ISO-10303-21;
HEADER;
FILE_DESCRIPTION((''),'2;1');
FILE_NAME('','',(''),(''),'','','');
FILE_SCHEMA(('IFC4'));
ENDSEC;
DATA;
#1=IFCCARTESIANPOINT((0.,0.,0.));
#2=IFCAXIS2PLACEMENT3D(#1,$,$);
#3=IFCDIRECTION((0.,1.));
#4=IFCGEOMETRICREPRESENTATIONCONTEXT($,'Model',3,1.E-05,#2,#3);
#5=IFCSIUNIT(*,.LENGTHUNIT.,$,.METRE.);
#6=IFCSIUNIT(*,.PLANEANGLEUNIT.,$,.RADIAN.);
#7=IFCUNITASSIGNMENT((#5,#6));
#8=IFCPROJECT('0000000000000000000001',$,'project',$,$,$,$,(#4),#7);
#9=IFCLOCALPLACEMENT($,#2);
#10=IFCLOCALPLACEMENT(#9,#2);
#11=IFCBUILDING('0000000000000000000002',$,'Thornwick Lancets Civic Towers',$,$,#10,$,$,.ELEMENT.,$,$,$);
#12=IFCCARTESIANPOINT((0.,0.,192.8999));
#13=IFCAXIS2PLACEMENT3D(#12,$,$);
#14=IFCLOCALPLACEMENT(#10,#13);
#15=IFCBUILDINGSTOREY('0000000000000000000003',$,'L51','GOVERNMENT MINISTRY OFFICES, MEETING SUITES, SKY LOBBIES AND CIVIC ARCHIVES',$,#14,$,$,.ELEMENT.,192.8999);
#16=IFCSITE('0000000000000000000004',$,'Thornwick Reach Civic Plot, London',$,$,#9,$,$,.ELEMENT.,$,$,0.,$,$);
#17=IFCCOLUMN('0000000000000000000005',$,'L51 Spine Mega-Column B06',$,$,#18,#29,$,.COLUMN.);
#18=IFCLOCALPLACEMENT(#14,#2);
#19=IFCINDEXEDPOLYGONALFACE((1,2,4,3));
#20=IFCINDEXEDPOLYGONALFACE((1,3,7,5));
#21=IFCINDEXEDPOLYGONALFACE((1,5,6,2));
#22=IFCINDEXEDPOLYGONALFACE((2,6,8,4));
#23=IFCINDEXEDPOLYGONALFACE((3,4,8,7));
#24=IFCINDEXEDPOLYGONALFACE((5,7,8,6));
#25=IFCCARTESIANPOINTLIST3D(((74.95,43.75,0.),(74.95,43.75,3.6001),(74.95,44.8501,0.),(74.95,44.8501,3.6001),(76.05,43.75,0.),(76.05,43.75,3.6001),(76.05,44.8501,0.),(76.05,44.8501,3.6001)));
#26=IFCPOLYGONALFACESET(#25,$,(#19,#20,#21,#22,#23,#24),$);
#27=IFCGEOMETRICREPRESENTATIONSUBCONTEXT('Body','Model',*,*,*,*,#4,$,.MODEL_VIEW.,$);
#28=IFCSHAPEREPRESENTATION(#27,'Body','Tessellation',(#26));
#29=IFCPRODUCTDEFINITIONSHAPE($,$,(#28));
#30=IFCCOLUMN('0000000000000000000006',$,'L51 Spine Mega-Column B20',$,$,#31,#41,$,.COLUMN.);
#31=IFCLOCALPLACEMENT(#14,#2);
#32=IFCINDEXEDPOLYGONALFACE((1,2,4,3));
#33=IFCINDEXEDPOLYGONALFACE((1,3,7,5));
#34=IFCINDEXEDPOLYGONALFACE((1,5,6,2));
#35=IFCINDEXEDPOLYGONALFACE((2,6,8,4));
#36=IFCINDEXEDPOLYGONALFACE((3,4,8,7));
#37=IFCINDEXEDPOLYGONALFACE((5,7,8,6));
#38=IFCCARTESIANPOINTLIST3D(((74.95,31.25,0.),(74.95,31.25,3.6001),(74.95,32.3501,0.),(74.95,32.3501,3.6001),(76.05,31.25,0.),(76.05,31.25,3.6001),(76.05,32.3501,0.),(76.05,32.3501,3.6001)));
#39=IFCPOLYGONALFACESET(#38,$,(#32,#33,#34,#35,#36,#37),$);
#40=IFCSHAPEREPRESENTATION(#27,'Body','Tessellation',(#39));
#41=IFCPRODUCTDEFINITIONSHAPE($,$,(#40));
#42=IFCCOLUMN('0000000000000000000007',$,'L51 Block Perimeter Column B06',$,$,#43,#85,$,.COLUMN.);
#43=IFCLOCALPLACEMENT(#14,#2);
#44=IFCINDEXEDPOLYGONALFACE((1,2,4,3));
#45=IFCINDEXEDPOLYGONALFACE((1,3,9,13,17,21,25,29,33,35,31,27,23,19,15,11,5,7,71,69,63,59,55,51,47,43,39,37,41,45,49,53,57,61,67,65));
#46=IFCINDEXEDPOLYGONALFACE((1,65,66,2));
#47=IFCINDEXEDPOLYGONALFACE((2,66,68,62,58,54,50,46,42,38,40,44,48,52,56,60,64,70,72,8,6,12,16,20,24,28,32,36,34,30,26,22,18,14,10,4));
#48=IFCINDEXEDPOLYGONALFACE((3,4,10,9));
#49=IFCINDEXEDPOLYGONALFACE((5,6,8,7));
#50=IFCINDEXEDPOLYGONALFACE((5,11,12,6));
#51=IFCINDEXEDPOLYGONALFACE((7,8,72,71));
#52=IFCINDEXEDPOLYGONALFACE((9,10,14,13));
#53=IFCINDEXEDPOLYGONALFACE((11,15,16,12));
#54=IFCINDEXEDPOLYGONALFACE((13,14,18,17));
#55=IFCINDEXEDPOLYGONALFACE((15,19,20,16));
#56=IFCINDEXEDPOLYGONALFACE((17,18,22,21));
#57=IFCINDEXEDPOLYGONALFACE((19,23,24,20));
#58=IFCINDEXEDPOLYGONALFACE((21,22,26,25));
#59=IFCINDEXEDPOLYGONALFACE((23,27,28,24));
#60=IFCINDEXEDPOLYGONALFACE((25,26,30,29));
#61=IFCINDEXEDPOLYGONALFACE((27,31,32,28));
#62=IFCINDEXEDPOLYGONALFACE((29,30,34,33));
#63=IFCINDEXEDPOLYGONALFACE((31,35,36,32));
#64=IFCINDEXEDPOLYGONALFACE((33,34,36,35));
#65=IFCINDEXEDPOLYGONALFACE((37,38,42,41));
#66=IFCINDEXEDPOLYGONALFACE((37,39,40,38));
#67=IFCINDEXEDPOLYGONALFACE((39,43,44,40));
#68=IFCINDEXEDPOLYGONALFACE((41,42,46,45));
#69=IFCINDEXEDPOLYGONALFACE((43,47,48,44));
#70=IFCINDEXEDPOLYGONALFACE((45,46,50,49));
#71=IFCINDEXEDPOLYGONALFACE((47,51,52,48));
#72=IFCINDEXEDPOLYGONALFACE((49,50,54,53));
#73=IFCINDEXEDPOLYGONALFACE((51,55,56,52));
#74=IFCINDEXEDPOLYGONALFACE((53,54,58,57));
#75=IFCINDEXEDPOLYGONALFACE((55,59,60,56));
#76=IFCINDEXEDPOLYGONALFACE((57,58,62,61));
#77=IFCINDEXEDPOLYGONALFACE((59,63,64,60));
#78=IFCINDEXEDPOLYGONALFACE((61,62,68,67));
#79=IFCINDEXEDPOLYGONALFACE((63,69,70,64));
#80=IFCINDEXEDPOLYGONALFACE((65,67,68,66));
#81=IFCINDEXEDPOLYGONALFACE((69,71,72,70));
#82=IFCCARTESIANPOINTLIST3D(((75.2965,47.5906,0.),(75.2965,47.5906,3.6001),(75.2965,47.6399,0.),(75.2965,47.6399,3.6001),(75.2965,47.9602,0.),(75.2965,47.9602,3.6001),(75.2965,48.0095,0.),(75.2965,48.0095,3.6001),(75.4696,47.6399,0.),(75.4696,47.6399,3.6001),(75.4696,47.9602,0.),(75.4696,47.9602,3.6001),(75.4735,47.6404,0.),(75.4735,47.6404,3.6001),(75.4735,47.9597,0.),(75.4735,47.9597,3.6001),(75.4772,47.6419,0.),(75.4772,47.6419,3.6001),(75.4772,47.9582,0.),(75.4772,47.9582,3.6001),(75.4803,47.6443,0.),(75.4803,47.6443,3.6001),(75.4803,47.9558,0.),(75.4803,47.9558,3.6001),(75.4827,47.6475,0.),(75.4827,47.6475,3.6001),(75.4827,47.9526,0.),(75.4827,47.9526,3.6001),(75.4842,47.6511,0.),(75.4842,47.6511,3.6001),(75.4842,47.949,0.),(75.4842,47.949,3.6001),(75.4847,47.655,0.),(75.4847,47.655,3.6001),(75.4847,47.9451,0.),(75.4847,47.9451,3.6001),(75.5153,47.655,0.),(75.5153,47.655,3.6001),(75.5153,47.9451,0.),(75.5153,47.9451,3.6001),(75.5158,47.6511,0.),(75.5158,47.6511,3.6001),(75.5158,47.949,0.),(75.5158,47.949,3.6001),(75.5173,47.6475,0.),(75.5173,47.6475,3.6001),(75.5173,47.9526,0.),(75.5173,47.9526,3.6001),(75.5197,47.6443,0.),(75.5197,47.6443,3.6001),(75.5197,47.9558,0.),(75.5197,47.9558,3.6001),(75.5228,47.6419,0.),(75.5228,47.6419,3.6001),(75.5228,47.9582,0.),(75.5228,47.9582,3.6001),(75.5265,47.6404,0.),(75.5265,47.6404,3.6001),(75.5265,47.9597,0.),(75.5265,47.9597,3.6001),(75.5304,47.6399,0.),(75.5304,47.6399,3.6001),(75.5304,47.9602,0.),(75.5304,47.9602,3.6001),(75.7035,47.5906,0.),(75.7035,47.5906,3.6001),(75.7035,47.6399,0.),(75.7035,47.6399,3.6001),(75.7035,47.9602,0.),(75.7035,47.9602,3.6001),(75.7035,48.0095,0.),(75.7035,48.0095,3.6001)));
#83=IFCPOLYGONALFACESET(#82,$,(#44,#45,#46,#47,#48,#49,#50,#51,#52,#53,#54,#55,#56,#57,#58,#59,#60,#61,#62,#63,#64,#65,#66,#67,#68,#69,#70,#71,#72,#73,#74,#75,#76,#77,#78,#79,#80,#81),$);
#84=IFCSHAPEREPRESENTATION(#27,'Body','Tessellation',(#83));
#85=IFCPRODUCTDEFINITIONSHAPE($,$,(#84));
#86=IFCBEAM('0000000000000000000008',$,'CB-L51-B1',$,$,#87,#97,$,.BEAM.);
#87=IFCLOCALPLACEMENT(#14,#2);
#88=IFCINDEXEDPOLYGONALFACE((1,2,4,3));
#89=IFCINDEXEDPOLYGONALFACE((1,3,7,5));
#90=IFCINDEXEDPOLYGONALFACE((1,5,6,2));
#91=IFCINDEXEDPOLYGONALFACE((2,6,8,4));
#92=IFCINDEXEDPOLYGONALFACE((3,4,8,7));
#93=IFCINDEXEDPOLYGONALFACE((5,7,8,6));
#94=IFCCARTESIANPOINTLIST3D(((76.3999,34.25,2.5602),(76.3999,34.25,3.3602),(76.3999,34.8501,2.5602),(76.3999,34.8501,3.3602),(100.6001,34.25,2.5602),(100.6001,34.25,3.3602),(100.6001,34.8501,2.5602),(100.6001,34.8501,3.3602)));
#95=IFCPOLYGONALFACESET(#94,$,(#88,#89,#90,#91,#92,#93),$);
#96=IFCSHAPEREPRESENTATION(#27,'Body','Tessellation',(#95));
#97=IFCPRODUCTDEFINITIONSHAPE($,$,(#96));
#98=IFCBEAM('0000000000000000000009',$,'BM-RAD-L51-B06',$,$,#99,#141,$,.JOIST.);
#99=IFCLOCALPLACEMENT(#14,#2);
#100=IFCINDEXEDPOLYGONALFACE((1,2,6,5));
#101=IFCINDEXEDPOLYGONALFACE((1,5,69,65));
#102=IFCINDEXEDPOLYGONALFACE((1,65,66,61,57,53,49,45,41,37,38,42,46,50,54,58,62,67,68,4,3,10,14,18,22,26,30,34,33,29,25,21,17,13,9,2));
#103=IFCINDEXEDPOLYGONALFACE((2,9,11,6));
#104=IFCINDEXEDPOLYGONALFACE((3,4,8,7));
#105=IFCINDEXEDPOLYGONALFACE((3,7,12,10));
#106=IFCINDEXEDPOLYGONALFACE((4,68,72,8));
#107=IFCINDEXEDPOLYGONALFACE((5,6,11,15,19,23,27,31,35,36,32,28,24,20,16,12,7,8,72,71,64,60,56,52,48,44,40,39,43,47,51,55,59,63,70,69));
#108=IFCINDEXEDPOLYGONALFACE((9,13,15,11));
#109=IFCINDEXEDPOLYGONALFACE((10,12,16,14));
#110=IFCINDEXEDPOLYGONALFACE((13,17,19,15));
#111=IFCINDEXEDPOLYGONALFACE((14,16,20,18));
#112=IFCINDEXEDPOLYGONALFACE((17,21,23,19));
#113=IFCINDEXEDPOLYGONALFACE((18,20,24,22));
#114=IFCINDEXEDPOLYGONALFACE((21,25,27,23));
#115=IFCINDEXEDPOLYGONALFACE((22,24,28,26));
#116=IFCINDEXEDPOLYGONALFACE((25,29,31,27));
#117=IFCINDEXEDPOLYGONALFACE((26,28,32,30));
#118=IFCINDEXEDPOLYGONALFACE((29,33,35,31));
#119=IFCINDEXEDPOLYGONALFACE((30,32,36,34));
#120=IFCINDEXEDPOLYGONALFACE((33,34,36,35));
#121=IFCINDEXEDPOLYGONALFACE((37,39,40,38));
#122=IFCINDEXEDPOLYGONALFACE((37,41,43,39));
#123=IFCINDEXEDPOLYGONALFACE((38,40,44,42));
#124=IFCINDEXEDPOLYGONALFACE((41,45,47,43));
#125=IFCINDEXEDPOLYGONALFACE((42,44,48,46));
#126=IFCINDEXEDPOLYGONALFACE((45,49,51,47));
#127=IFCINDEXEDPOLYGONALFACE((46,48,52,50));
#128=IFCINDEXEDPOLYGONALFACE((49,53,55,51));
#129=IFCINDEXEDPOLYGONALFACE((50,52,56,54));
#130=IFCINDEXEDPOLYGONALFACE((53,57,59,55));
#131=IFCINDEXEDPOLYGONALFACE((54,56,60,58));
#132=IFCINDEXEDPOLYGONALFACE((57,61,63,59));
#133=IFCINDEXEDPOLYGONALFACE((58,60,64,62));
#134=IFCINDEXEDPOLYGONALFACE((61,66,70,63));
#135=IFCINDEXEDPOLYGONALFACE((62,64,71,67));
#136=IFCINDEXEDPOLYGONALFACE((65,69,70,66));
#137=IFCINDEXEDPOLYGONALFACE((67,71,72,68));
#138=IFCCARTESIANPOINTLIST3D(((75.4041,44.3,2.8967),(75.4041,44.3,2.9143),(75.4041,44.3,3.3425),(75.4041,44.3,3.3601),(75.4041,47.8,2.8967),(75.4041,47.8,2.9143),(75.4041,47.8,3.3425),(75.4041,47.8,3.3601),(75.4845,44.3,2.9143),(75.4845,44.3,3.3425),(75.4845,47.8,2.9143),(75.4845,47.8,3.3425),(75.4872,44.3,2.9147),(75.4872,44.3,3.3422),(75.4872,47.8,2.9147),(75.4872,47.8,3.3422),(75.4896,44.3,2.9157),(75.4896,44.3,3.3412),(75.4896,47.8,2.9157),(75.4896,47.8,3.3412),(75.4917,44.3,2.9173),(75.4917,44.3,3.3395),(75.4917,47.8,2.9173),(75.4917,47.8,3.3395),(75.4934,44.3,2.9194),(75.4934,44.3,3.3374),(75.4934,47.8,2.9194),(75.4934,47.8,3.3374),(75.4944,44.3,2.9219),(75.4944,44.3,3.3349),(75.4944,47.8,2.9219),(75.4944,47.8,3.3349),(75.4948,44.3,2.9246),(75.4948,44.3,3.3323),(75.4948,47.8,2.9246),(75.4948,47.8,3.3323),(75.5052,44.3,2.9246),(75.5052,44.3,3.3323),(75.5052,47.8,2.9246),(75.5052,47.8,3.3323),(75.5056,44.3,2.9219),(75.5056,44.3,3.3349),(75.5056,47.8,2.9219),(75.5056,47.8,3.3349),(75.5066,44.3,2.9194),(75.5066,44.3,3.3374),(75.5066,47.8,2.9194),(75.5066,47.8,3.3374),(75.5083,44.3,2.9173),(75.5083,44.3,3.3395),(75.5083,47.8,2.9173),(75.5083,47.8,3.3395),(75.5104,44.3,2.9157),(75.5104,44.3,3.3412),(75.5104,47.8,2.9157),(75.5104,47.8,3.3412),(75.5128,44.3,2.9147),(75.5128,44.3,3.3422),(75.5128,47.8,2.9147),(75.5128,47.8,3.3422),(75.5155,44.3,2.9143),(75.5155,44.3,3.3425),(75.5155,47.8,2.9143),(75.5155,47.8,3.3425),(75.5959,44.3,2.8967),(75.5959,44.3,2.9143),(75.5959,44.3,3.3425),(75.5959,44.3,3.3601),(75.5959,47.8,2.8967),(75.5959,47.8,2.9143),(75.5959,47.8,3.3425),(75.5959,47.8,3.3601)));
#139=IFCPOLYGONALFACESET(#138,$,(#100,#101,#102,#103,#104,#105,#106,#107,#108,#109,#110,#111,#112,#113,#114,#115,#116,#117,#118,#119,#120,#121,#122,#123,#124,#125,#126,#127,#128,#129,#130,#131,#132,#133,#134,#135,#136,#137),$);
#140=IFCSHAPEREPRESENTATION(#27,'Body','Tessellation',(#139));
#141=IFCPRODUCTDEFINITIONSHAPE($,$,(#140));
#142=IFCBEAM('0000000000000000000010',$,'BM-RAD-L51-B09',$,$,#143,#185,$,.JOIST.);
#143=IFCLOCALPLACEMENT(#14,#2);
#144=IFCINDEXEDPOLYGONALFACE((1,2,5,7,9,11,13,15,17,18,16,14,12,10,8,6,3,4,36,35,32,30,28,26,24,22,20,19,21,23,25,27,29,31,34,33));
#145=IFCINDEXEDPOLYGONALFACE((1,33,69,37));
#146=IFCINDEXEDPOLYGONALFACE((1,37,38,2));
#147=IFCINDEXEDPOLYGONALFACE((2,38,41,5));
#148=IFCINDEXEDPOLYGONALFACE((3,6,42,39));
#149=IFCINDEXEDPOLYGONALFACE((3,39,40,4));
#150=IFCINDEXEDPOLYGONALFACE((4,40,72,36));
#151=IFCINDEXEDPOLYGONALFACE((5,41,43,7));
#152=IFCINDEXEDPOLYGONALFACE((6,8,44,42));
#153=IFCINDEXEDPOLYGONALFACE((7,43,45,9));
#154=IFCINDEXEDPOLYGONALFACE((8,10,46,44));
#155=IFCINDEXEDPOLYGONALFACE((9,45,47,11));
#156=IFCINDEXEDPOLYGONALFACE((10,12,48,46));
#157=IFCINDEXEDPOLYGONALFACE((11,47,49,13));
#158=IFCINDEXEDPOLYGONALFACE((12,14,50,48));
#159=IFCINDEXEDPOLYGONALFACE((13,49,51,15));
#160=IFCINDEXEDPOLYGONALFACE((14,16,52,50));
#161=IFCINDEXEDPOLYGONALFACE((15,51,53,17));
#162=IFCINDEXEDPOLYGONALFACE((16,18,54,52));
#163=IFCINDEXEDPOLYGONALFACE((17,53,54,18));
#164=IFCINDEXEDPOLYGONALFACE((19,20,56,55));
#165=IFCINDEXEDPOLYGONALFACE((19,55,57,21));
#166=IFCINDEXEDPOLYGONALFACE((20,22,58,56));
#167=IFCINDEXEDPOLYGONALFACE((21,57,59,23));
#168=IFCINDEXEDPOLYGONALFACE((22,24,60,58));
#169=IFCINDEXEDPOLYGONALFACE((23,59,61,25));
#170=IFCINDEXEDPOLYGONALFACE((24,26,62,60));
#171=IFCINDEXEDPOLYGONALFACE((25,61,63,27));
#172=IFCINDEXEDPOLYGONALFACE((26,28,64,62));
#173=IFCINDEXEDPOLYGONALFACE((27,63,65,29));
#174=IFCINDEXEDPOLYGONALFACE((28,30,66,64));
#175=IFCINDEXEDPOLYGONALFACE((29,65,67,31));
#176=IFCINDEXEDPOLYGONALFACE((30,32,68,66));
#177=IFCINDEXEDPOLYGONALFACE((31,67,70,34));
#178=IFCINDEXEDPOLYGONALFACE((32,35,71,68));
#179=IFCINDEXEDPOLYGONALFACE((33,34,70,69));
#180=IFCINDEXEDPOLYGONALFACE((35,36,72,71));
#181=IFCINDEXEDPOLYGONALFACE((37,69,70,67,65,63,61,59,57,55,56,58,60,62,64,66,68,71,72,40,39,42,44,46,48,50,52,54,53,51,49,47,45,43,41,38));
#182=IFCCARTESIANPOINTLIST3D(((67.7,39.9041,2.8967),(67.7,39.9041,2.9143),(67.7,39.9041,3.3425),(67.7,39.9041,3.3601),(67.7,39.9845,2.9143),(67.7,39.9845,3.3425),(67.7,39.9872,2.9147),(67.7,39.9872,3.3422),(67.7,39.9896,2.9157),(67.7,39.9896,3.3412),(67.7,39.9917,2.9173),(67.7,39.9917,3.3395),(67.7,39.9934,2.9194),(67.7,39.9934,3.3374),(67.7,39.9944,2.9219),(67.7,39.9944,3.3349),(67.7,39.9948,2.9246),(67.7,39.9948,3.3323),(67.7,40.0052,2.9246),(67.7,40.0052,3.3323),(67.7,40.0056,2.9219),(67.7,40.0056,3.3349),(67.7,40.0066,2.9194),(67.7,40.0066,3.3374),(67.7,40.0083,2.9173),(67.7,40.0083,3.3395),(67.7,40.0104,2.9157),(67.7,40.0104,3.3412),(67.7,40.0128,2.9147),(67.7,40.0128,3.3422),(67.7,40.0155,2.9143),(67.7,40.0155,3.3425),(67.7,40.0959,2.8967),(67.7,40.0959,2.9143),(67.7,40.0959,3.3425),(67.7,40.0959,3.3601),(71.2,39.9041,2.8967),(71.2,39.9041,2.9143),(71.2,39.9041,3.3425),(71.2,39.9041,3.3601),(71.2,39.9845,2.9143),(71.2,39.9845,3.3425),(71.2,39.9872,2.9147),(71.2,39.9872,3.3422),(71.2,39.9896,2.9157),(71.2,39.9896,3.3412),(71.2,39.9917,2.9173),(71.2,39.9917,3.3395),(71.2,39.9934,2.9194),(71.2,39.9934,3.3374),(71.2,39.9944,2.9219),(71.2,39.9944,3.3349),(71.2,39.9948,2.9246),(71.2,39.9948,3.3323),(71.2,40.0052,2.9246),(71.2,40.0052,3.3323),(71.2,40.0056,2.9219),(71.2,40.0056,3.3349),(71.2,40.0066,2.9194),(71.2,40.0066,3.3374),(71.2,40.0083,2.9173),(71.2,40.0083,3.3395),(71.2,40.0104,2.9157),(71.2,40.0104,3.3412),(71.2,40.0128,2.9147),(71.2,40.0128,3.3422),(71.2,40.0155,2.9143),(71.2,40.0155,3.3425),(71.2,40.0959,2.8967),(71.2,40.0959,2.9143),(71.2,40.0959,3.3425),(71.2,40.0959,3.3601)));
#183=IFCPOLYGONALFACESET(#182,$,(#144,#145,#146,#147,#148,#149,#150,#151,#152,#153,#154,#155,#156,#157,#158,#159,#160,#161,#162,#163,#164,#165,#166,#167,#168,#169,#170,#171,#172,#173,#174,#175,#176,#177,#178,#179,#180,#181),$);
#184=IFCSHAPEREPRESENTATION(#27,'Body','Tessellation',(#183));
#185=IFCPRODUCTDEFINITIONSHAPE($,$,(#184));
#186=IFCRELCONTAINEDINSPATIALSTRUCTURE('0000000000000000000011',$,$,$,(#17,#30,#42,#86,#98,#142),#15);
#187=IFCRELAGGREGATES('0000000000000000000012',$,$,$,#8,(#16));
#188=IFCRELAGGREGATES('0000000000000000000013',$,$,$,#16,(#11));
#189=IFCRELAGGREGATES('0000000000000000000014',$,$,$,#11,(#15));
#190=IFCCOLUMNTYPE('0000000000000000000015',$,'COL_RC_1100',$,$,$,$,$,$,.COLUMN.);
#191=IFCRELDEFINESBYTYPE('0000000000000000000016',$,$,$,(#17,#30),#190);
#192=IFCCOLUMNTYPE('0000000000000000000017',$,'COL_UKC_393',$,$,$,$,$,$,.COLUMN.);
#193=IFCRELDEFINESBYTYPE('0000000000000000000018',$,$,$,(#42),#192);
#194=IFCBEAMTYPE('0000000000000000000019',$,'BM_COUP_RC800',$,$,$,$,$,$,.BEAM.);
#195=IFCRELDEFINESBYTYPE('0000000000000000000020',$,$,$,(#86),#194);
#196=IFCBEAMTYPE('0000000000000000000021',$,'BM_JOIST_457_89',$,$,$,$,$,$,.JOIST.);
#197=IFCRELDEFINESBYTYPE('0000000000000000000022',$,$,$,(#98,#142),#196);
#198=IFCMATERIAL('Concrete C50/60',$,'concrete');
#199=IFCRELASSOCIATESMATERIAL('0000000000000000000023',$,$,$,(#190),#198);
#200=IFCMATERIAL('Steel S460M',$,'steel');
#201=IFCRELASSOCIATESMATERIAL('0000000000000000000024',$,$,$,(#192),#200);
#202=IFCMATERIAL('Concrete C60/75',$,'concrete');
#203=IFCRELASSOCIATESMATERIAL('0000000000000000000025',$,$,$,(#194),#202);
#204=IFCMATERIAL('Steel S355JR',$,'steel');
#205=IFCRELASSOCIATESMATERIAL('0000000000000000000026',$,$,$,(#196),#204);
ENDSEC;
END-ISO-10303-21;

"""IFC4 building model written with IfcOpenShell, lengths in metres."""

from ifc_helpers import new_model, si_unit, direction, frame, origin, origin_2d, place, context, subcontext, project, spatial, rectangle, i_section, extrude, material, material_profile, profile_set, type_object, element, save


model = new_model("IFC4")

# Units and contexts
model_context = context("Model", 3, precision=1e-05, world=origin(), true_north=direction((0.0, 1.0)))
body_context = subcontext(model_context, "Body", "Model", "MODEL_VIEW")
ifc_project = project(units=[si_unit("LENGTHUNIT", "METRE"), si_unit("PLANEANGLEUNIT", "RADIAN")], contexts=[model_context])

# Site, building, storey
site_placement = place(None, origin())
site = spatial("IfcSite", under=ifc_project, at=site_placement, Name="Thornwick Reach Civic Plot, London", CompositionType="ELEMENT", RefElevation=0.0)
building_placement = place(site_placement, origin())
building = spatial("IfcBuilding", under=site, at=building_placement, Name="Thornwick Lancets Civic Towers", CompositionType="ELEMENT")
storey_placement = place(building_placement, frame((0.0, 0.0, 192.8999)))
storey = spatial("IfcBuildingStorey", under=building, at=storey_placement, Name="L51", Description="GOVERNMENT MINISTRY OFFICES, MEETING SUITES, SKY LOBBIES AND CIVIC ARCHIVES", CompositionType="ELEMENT", Elevation=192.8999)

# Columns
ifc_material_1 = material(Name="Concrete C50/60", Category="concrete")
ifc_material_profile_1 = material_profile(ifc_material_1, rectangle(XDim=1.1001, YDim=1.1001, at=origin_2d()), Name="RC 1100x1100")
ifc_profile_set_1 = profile_set([ifc_material_profile_1], Name="Concrete C50/60")
column_type_1 = type_object("IfcColumnType", Name="COL_RC_1100", PredefinedType="COLUMN", material=ifc_profile_set_1)
for number, where, z_axis, x_axis, name in (
    (1, (75.5, 44.3, 0.0), (0.0, 0.0, 1.0), (1.0, 0.0, 0.0), "L51 Spine Mega-Column B06"),
    (2, (75.5, 31.8, 0.0), (0.0, 0.0, 1.0), (1.0, 0.0, 0.0), "L51 Spine Mega-Column B20"),
):
    element("IfcColumn", number, at=place(storey_placement, frame(where, z_axis=z_axis, x_axis=x_axis)), inside=storey, type_object=column_type_1, Name=name, PredefinedType="COLUMN", context=body_context, shape_type="SweptSolid", body=[
        extrude(rectangle(XDim=1.1001, YDim=1.1001, at=origin_2d()), origin(), (0.0, 0.0, 1.0), 3.6001),
    ])
ifc_material_2 = material(Name="Steel S460M", Category="steel")
ifc_material_profile_2 = material_profile(ifc_material_2, i_section(OverallWidth=0.407, OverallDepth=0.4189, WebThickness=0.0305, FlangeThickness=0.0493, FilletRadius=0.0151, at=origin_2d()), Name="UKC 356x406x393")
ifc_profile_set_2 = profile_set([ifc_material_profile_2], Name="Steel S460M")
column_type_2 = type_object("IfcColumnType", Name="COL_UKC_393", PredefinedType="COLUMN", material=ifc_profile_set_2)
column_placement = place(storey_placement, frame((75.5, 47.8, 0.0), z_axis=(0.0, 0.0, 1.0), x_axis=(1.0, 0.0, 0.0)))
element("IfcColumn", 3, at=column_placement, inside=storey, type_object=column_type_2, Name="L51 Block Perimeter Column B06", PredefinedType="COLUMN", context=body_context, shape_type="SweptSolid", body=[
    extrude(i_section(OverallWidth=0.407, OverallDepth=0.4189, WebThickness=0.0305, FlangeThickness=0.0493, FilletRadius=0.0151, at=origin_2d()), origin(), (0.0, 0.0, 1.0), 3.6001),
])

# Beams
ifc_material_3 = material(Name="Concrete C60/75", Category="concrete")
ifc_material_profile_3 = material_profile(ifc_material_3, rectangle(XDim=0.6001, YDim=0.8, at=origin_2d()), Name="RC 600x800")
ifc_profile_set_3 = profile_set([ifc_material_profile_3], Name="Concrete C60/75")
beam_type_1 = type_object("IfcBeamType", Name="BM_COUP_RC800", PredefinedType="BEAM", material=ifc_profile_set_3)
beam_1_placement = place(storey_placement, frame((76.3999, 34.55, 2.9602), z_axis=(1.0, 0.0, 0.0), x_axis=(0.0, 1.0, 0.0)))
element("IfcBeam", 4, at=beam_1_placement, inside=storey, type_object=beam_type_1, Name="CB-L51-B1", PredefinedType="BEAM", context=body_context, shape_type="SweptSolid", body=[
    extrude(rectangle(XDim=0.6001, YDim=0.8, at=origin_2d()), origin(), (0.0, 0.0, 1.0), 24.2002),
])
ifc_material_4 = material(Name="Steel S355JR", Category="steel")
ifc_material_profile_4 = material_profile(ifc_material_4, i_section(OverallWidth=0.1919, OverallDepth=0.4634, WebThickness=0.0105, FlangeThickness=0.0176, FilletRadius=0.0103, at=origin_2d()), Name="UKB 457x191x89")
ifc_profile_set_4 = profile_set([ifc_material_profile_4], Name="Steel S355JR")
beam_type_2 = type_object("IfcBeamType", Name="BM_JOIST_457_89", PredefinedType="JOIST", material=ifc_profile_set_4)
for number, where, z_axis, x_axis, name in (
    (5, (75.5, 44.3, 3.1284), (0.0, 1.0, 0.0), (-1.0, 0.0, 0.0), "BM-RAD-L51-B06"),
    (6, (71.2, 40.0, 3.1284), (-1.0, 0.0, 0.0), (0.0, -1.0, 0.0), "BM-RAD-L51-B09"),
):
    element("IfcBeam", number, at=place(storey_placement, frame(where, z_axis=z_axis, x_axis=x_axis)), inside=storey, type_object=beam_type_2, Name=name, PredefinedType="JOIST", context=body_context, shape_type="SweptSolid", body=[
        extrude(i_section(OverallWidth=0.1919, OverallDepth=0.4634, WebThickness=0.0105, FlangeThickness=0.0176, FilletRadius=0.0103, at=origin_2d()), origin(), (0.0, 0.0, 1.0), 3.5),
    ])

save(model, "model.ifc")
